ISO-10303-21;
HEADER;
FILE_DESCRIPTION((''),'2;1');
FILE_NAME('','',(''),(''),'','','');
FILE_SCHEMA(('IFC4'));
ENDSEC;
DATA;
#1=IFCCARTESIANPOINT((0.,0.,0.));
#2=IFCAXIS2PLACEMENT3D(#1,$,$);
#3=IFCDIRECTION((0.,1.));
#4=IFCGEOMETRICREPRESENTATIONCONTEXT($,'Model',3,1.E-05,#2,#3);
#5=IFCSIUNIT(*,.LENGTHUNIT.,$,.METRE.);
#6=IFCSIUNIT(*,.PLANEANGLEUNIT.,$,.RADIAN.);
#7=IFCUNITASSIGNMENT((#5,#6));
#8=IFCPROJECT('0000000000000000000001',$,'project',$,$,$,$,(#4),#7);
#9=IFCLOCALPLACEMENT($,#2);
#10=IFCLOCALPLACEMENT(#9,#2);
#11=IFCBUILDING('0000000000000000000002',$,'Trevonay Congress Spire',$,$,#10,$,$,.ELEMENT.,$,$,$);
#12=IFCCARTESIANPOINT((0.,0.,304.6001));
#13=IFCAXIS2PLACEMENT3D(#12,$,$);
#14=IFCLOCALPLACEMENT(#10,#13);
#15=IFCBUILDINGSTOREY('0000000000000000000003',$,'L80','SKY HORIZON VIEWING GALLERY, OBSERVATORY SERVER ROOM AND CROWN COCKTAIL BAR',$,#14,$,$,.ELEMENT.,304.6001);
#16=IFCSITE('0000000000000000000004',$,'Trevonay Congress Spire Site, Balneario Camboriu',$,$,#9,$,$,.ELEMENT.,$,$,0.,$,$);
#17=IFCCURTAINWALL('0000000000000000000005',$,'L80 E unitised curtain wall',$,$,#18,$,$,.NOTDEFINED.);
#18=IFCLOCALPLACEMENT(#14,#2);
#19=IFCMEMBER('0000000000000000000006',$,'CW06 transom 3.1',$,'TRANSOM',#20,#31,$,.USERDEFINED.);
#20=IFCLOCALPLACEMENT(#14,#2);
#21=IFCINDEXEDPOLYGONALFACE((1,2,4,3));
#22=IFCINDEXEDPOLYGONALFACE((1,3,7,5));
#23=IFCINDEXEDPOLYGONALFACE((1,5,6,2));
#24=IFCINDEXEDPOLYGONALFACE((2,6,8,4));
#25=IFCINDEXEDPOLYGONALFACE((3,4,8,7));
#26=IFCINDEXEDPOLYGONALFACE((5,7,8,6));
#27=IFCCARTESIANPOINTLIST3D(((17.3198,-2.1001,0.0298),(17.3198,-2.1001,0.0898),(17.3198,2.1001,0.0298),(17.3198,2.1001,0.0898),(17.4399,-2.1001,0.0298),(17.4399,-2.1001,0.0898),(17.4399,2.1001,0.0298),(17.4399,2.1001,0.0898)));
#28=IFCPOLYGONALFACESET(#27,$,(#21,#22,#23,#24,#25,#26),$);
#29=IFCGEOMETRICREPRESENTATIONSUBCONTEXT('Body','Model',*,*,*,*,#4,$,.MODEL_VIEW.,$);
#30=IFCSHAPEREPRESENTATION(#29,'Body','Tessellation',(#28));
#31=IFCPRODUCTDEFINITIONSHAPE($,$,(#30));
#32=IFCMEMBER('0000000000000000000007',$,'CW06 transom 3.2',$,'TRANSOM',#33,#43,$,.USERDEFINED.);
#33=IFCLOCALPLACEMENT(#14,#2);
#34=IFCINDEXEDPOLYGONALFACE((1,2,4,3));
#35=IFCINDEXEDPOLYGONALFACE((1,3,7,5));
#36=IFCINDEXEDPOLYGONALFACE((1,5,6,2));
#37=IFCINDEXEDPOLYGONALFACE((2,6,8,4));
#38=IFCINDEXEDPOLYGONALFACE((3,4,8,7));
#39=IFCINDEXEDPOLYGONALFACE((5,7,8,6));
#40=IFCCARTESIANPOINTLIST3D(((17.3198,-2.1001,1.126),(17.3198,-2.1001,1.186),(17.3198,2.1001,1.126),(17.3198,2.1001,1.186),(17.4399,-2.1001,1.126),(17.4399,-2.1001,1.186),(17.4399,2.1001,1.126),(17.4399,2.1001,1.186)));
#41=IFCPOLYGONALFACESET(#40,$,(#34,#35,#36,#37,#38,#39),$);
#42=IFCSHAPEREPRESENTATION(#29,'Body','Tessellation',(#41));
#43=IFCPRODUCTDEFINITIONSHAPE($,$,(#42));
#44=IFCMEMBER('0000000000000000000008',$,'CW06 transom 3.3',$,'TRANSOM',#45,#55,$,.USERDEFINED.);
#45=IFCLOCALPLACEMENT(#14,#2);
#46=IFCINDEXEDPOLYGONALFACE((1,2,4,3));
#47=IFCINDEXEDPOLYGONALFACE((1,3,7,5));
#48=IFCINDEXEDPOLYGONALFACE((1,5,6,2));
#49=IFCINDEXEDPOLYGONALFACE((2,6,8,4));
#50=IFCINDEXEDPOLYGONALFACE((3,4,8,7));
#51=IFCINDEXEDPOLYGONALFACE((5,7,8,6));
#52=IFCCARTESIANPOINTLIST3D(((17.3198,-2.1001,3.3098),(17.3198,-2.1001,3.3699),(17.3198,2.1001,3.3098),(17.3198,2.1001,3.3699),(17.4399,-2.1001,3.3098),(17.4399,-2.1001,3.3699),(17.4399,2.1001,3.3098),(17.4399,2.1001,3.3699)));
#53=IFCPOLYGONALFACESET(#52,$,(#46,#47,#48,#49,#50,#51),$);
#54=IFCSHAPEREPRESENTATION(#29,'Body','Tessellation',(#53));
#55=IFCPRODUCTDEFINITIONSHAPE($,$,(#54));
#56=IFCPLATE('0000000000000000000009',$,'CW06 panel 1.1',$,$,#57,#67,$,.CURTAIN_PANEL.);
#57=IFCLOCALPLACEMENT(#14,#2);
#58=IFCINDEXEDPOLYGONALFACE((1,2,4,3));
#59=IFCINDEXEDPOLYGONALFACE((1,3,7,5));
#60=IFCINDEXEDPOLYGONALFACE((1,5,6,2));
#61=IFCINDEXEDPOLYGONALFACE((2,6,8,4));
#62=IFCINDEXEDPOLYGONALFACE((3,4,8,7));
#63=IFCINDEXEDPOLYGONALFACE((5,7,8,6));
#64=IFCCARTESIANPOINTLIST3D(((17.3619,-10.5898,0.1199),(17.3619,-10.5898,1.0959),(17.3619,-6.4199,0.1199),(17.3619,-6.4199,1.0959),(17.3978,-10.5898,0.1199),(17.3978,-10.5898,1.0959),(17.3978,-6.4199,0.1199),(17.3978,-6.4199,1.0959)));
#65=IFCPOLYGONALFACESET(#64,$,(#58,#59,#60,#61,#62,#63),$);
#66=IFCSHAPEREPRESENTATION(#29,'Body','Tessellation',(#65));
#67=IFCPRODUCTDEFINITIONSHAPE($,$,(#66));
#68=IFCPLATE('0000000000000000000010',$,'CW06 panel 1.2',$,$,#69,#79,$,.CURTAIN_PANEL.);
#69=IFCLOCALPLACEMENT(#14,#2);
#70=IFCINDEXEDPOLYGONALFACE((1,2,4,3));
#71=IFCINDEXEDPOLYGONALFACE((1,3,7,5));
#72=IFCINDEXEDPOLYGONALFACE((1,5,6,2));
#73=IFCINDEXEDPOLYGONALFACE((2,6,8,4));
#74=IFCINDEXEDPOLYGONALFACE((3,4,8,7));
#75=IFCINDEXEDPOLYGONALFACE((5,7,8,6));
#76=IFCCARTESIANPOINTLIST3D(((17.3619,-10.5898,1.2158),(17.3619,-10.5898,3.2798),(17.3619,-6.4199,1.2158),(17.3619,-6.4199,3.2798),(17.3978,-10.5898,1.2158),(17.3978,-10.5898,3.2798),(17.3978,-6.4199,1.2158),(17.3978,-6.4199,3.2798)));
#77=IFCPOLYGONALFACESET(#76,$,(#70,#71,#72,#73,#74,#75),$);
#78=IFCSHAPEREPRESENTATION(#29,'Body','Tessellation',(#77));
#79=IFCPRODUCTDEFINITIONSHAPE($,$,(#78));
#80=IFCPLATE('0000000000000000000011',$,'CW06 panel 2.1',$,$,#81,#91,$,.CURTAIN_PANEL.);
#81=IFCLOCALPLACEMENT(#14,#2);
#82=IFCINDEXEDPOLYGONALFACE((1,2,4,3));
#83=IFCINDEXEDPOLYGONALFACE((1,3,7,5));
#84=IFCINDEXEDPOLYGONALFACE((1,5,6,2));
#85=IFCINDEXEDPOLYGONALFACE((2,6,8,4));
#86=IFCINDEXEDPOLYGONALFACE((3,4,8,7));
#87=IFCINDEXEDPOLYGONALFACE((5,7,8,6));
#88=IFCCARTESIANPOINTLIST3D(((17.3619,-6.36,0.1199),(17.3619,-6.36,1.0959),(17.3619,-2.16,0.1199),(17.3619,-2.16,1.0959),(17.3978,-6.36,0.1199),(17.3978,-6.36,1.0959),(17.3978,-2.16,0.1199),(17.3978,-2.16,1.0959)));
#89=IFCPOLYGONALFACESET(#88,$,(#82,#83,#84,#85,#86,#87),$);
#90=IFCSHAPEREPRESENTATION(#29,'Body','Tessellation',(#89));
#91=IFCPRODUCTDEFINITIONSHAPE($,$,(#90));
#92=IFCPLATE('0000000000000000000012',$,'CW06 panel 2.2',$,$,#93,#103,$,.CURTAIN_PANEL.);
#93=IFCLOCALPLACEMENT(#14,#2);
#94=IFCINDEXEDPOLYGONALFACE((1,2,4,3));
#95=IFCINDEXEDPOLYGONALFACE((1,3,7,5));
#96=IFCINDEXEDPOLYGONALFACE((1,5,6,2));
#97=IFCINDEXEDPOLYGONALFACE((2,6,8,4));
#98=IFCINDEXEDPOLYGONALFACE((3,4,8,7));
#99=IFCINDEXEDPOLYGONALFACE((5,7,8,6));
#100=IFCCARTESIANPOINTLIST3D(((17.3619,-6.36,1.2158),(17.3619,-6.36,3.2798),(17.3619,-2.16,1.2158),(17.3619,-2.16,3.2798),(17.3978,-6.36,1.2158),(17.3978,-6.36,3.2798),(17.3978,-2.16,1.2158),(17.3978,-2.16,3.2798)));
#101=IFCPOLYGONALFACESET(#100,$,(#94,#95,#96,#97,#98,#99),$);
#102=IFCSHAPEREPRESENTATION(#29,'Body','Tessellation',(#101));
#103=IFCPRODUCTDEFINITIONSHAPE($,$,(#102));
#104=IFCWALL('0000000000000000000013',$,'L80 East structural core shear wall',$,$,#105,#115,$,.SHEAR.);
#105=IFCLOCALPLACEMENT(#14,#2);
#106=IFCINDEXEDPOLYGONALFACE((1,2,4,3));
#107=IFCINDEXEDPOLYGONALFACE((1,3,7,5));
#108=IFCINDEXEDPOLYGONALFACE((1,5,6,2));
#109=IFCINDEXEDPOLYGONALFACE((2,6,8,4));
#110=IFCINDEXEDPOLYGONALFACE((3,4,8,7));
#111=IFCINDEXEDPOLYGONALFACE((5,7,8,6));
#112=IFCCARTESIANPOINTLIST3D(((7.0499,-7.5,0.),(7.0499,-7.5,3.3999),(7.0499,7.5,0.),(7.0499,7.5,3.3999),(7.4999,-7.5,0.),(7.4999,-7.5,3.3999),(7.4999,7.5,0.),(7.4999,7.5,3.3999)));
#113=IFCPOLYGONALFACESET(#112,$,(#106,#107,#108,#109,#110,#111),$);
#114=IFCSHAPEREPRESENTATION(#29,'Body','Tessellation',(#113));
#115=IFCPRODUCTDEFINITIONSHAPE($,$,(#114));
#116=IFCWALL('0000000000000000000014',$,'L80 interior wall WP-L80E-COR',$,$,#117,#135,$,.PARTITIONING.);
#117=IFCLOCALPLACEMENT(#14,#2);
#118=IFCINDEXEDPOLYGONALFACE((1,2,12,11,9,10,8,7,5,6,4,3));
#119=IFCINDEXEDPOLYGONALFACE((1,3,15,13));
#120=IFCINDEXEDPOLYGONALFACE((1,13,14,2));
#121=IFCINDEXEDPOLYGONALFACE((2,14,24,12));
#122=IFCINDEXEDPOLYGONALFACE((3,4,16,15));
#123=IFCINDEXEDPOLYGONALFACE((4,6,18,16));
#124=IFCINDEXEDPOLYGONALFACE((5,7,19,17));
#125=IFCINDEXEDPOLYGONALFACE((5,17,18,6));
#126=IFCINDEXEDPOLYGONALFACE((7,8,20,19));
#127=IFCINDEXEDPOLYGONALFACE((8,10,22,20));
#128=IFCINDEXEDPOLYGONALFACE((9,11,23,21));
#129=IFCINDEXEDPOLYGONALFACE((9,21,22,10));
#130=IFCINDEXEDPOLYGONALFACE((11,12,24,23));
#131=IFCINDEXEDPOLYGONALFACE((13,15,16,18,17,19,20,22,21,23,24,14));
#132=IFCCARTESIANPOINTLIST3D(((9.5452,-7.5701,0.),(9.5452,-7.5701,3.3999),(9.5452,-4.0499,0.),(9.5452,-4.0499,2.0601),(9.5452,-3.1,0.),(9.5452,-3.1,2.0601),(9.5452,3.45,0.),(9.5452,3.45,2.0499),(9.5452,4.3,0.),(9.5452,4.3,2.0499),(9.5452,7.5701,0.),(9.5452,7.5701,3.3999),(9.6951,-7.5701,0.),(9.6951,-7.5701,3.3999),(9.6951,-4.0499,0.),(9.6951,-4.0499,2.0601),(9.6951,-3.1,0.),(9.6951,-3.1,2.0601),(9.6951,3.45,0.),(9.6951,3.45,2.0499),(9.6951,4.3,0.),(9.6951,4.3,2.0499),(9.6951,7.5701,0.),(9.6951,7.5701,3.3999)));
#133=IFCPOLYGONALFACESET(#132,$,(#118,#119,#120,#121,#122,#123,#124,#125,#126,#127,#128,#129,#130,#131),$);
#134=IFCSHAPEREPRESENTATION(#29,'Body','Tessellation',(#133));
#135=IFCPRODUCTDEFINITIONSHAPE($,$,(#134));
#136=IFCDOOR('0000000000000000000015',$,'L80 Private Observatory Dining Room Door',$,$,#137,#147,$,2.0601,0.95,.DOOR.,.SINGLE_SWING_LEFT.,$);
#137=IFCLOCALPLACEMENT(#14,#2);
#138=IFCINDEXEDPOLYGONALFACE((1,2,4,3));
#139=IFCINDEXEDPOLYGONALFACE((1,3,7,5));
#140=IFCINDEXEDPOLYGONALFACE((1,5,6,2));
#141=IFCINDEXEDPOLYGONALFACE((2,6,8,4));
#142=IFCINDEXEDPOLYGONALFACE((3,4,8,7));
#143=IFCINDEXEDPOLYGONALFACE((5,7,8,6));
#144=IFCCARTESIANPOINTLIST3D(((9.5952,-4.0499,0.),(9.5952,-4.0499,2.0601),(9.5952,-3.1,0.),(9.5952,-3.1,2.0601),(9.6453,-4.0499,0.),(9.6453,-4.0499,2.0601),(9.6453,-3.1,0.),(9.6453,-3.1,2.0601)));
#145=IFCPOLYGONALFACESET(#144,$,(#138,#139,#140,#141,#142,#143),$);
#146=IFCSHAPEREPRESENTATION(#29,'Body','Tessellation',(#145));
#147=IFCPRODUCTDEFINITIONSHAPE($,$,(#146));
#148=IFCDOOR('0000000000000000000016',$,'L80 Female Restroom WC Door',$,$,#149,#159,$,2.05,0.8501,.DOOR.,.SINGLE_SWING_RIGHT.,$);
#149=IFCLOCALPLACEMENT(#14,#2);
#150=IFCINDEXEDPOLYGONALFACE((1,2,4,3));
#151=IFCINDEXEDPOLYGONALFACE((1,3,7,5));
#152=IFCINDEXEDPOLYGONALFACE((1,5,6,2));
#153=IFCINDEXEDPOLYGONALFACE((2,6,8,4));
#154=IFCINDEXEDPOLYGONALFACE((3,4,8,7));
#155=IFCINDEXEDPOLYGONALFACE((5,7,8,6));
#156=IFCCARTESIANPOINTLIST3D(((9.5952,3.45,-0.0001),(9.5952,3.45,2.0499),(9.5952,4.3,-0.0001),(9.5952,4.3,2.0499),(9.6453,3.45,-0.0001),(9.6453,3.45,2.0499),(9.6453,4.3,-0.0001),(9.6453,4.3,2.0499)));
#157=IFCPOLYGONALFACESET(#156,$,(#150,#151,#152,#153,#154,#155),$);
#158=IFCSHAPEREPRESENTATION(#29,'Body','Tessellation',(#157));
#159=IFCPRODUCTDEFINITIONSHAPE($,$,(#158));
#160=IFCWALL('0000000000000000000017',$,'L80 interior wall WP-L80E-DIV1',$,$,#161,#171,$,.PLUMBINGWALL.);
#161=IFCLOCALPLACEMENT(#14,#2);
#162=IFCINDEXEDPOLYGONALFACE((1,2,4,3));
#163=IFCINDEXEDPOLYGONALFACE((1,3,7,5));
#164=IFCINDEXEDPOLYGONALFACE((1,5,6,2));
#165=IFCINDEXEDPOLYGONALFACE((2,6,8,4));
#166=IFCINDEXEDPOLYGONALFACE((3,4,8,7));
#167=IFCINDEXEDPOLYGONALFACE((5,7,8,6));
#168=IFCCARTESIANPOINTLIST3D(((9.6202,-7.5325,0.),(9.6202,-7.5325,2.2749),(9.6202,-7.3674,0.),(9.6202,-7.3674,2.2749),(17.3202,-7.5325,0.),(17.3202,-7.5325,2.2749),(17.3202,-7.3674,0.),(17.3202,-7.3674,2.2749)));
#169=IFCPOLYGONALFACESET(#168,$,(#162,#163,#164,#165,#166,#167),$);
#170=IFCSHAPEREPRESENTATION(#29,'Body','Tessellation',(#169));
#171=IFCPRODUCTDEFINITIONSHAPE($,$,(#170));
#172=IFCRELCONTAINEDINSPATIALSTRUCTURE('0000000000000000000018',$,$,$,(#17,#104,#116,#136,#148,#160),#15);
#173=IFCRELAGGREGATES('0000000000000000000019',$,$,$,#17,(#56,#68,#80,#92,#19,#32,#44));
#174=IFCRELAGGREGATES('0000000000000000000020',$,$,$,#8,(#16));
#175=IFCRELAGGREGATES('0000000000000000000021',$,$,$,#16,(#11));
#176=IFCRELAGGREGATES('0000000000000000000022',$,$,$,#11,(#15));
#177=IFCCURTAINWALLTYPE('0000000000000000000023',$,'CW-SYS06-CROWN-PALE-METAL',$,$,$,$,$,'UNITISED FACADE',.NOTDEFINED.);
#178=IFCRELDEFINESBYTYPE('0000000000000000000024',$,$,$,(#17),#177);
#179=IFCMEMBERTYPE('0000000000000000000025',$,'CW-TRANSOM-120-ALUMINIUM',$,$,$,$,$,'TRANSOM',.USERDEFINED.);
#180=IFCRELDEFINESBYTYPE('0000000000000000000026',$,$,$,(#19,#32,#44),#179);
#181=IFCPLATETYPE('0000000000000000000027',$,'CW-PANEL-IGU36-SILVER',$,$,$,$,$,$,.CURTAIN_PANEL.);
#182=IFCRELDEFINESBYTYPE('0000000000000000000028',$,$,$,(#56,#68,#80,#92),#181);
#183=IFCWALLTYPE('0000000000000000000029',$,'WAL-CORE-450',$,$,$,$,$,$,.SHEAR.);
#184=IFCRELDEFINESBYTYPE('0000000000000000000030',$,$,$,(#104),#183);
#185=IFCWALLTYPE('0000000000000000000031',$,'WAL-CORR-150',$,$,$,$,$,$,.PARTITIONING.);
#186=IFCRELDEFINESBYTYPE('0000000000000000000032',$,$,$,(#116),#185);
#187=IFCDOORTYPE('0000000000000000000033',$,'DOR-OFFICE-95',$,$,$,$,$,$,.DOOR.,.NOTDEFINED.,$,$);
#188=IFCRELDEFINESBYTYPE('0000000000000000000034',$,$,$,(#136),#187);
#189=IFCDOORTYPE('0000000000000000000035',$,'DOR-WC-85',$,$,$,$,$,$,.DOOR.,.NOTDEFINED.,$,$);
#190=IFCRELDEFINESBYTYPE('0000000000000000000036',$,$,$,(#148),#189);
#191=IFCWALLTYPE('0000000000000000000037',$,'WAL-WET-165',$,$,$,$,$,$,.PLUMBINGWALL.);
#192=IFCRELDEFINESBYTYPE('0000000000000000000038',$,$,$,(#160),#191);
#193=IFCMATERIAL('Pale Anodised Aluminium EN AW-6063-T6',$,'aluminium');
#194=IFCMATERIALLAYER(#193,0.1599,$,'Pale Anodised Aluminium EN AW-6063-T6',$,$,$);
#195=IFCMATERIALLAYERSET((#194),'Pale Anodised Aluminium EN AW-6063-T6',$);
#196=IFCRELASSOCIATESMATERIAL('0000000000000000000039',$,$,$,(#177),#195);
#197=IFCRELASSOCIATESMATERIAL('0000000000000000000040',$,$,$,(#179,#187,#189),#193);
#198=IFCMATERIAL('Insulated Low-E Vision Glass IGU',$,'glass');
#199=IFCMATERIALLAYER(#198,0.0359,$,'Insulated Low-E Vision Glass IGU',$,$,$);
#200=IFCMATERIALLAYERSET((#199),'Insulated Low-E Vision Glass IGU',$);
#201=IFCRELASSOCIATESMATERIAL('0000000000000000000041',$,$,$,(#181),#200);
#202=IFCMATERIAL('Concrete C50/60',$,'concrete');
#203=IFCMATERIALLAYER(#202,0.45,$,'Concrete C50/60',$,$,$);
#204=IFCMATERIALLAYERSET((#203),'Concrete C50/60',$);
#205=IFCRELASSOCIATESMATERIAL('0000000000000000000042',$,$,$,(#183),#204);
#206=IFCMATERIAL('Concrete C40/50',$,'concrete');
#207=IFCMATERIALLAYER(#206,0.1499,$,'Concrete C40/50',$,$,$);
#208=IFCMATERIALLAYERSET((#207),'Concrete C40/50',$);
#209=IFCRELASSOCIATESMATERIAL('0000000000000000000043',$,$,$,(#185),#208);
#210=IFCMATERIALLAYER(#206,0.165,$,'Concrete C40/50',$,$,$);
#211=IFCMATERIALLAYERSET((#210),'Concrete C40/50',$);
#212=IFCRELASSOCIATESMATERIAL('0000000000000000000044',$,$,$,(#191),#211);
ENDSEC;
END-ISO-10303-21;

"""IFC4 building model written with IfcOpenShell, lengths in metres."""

from ifc_helpers import new_model, si_unit, direction, frame, frame_2d, origin, origin_2d, place, context, subcontext, project, spatial, rectangle, extrude, material, layer, layer_set, material_profile, profile_set, type_object, element, fill, aggregate, save


model = new_model("IFC4")

# Units and contexts
model_context = context("Model", 3, precision=1e-05, world=origin(), true_north=direction((0.0, 1.0)))
body_context = subcontext(model_context, "Body", "Model", "MODEL_VIEW")
ifc_project = project(units=[si_unit("LENGTHUNIT", "METRE"), si_unit("PLANEANGLEUNIT", "RADIAN")], contexts=[model_context])

# Site, building, storey
site_placement = place(None, origin())
site = spatial("IfcSite", under=ifc_project, at=site_placement, Name="Trevonay Congress Spire Site, Balneario Camboriu", CompositionType="ELEMENT", RefElevation=0.0)
building_placement = place(site_placement, origin())
building = spatial("IfcBuilding", under=site, at=building_placement, Name="Trevonay Congress Spire", CompositionType="ELEMENT")
storey_placement = place(building_placement, frame((0.0, 0.0, 304.6001)))
storey = spatial("IfcBuildingStorey", under=building, at=storey_placement, Name="L80", Description="SKY HORIZON VIEWING GALLERY, OBSERVATORY SERVER ROOM AND CROWN COCKTAIL BAR", CompositionType="ELEMENT", Elevation=304.6001)

# Curtain wall, members, plates
ifc_material_1 = material(Name="Pale Anodised Aluminium EN AW-6063-T6", Category="aluminium")
ifc_layer_1 = layer(ifc_material_1, 0.1599, Name="Pale Anodised Aluminium EN AW-6063-T6")
ifc_layer_set_1 = layer_set([ifc_layer_1], Name="Pale Anodised Aluminium EN AW-6063-T6")
curtain_wall_type = type_object("IfcCurtainWallType", Name="CW-SYS06-CROWN-PALE-METAL", ElementType="UNITISED FACADE", PredefinedType="NOTDEFINED", material=ifc_layer_set_1)
curtain_wall_placement = place(storey_placement, origin())
curtain_wall = element("IfcCurtainWall", 1, at=curtain_wall_placement, inside=storey, type_object=curtain_wall_type, Name="L80 E unitised curtain wall", PredefinedType="NOTDEFINED")
ifc_material_profile_1 = material_profile(ifc_material_1, rectangle(XDim=0.1201, YDim=0.0601, at=origin_2d()), Name="CW-TRANSOM-120-ALUMINIUM")
ifc_profile_set_1 = profile_set([ifc_material_profile_1], Name="Pale Anodised Aluminium EN AW-6063-T6")
member_type_1 = type_object("IfcMemberType", Name="CW-TRANSOM-120-ALUMINIUM", ElementType="TRANSOM", PredefinedType="USERDEFINED", material=ifc_profile_set_1)
member_1_placement = place(storey_placement, frame((17.3799, -2.1001, 0.0598), z_axis=(0.0, 1.0, 0.0), x_axis=(-1.0, 0.0, 0.0)))
member_1 = element("IfcMember", 2, at=member_1_placement, type_object=member_type_1, Name="CW06 transom 3.1", ObjectType="TRANSOM", PredefinedType="USERDEFINED", context=body_context, shape_type="SweptSolid", body=[
    extrude(rectangle(XDim=0.1201, YDim=0.0601, at=origin_2d()), origin(), (0.0, 0.0, 1.0), 4.2002),
])
member_2_placement = place(storey_placement, frame((17.3799, -2.1001, 1.156), z_axis=(0.0, 1.0, 0.0), x_axis=(-1.0, 0.0, 0.0)))
member_2 = element("IfcMember", 3, at=member_2_placement, type_object=member_type_1, Name="CW06 transom 3.2", ObjectType="TRANSOM", PredefinedType="USERDEFINED", context=body_context, shape_type="SweptSolid", body=[
    extrude(rectangle(XDim=0.1201, YDim=0.0601, at=origin_2d()), origin(), (0.0, 0.0, 1.0), 4.2002),
])
member_3_placement = place(storey_placement, frame((17.3799, -2.1001, 3.3398), z_axis=(0.0, 1.0, 0.0), x_axis=(-1.0, 0.0, 0.0)))
member_3 = element("IfcMember", 4, at=member_3_placement, type_object=member_type_1, Name="CW06 transom 3.3", ObjectType="TRANSOM", PredefinedType="USERDEFINED", context=body_context, shape_type="SweptSolid", body=[
    extrude(rectangle(XDim=0.1201, YDim=0.0601, at=origin_2d()), origin(), (0.0, 0.0, 1.0), 4.2002),
])
ifc_material_2 = material(Name="Insulated Low-E Vision Glass IGU", Category="glass")
ifc_layer_2 = layer(ifc_material_2, 0.0359, Name="Insulated Low-E Vision Glass IGU")
ifc_layer_set_2 = layer_set([ifc_layer_2], Name="Insulated Low-E Vision Glass IGU")
plate_type = type_object("IfcPlateType", Name="CW-PANEL-IGU36-SILVER", PredefinedType="CURTAIN_PANEL", material=ifc_layer_set_2)
plate_1_placement = place(storey_placement, frame((17.3799, -8.5049, 0.1199), z_axis=(0.0, 0.0, 1.0), x_axis=(0.0, 1.0, 0.0)))
plate_1 = element("IfcPlate", 5, at=plate_1_placement, type_object=plate_type, Name="CW06 panel 1.1", PredefinedType="CURTAIN_PANEL", context=body_context, shape_type="SweptSolid", body=[
    extrude(rectangle(XDim=4.1699, YDim=0.0359, at=origin_2d()), origin(), (0.0, 0.0, 1.0), 0.9761),
])
plate_2_placement = place(storey_placement, frame((17.3799, -8.5049, 1.2158), z_axis=(0.0, 0.0, 1.0), x_axis=(0.0, 1.0, 0.0)))
plate_2 = element("IfcPlate", 6, at=plate_2_placement, type_object=plate_type, Name="CW06 panel 1.2", PredefinedType="CURTAIN_PANEL", context=body_context, shape_type="SweptSolid", body=[
    extrude(rectangle(XDim=4.1699, YDim=0.0359, at=origin_2d()), origin(), (0.0, 0.0, 1.0), 2.064),
])
plate_3_placement = place(storey_placement, frame((17.3799, -4.26, 0.1199), z_axis=(0.0, 0.0, 1.0), x_axis=(0.0, 1.0, 0.0)))
plate_3 = element("IfcPlate", 7, at=plate_3_placement, type_object=plate_type, Name="CW06 panel 2.1", PredefinedType="CURTAIN_PANEL", context=body_context, shape_type="SweptSolid", body=[
    extrude(rectangle(XDim=4.2, YDim=0.0359, at=origin_2d()), origin(), (0.0, 0.0, 1.0), 0.9761),
])
plate_4_placement = place(storey_placement, frame((17.3799, -4.26, 1.2158), z_axis=(0.0, 0.0, 1.0), x_axis=(0.0, 1.0, 0.0)))
plate_4 = element("IfcPlate", 8, at=plate_4_placement, type_object=plate_type, Name="CW06 panel 2.2", PredefinedType="CURTAIN_PANEL", context=body_context, shape_type="SweptSolid", body=[
    extrude(rectangle(XDim=4.2, YDim=0.0359, at=origin_2d()), origin(), (0.0, 0.0, 1.0), 2.064),
])
aggregate(curtain_wall, [plate_1, plate_2, plate_3, plate_4, member_1, member_2, member_3])

# Wall
ifc_material_3 = material(Name="Concrete C50/60", Category="concrete")
ifc_layer_3 = layer(ifc_material_3, 0.45, Name="Concrete C50/60")
ifc_layer_set_3 = layer_set([ifc_layer_3], Name="Concrete C50/60")
wall_type_1 = type_object("IfcWallType", Name="WAL-CORE-450", PredefinedType="SHEAR", material=ifc_layer_set_3)
wall_1_placement = place(storey_placement, frame((7.2749, -7.5, 0.0), z_axis=(0.0, 0.0, 1.0), x_axis=(0.0, 1.0, 0.0)))
element("IfcWall", 9, at=wall_1_placement, inside=storey, type_object=wall_type_1, Name="L80 East structural core shear wall", PredefinedType="SHEAR", context=body_context, shape_type="SweptSolid", body=[
    extrude(rectangle(XDim=15.0, YDim=0.45, at=frame_2d((7.5, 0.0))), origin(), (0.0, 0.0, 1.0), 3.3999),
])

# Wall, openings, doors
ifc_material_4 = material(Name="Concrete C40/50", Category="concrete")
ifc_layer_4 = layer(ifc_material_4, 0.1499, Name="Concrete C40/50")
ifc_layer_set_4 = layer_set([ifc_layer_4], Name="Concrete C40/50")
wall_type_2 = type_object("IfcWallType", Name="WAL-CORR-150", PredefinedType="PARTITIONING", material=ifc_layer_set_4)
wall_2_placement = place(storey_placement, frame((9.6201, -7.5701, 0.0), z_axis=(0.0, 0.0, 1.0), x_axis=(0.0, 1.0, 0.0)))
wall_2 = element("IfcWall", 10, at=wall_2_placement, inside=storey, type_object=wall_type_2, Name="L80 interior wall WP-L80E-COR", PredefinedType="PARTITIONING", context=body_context, shape_type="SweptSolid", body=[
    extrude(rectangle(XDim=15.1401, YDim=0.1499, at=frame_2d((7.5701, 0.0))), origin(), (0.0, 0.0, 1.0), 3.3999),
])
opening_1_placement = place(wall_2_placement, frame((3.52, 0.0, 0.0)))
opening_1 = element("IfcOpeningElement", 11, at=opening_1_placement, cuts=wall_2, PredefinedType="OPENING", context=body_context, shape_type="SweptSolid", body=[
    extrude(rectangle(XDim=0.95, YDim=2.0601, at=frame_2d((0.4751, 1.03))), frame((0.0, 0.085, 0.0), z_axis=(0.0, -1.0, 0.0), x_axis=(1.0, 0.0, 0.0)), (0.0, 0.0, 1.0), 0.1699),
])
opening_2_placement = place(wall_2_placement, frame((11.02, 0.0, 0.0)))
opening_2 = element("IfcOpeningElement", 12, at=opening_2_placement, cuts=wall_2, PredefinedType="OPENING", context=body_context, shape_type="SweptSolid", body=[
    extrude(rectangle(XDim=0.8501, YDim=2.05, at=frame_2d((0.425, 1.0249))), frame((0.0, 0.085, 0.0), z_axis=(0.0, -1.0, 0.0), x_axis=(1.0, 0.0, 0.0)), (0.0, 0.0, 1.0), 0.1699),
])
door_type_1 = type_object("IfcDoorType", Name="DOR-OFFICE-95", OperationType="NOTDEFINED", PredefinedType="DOOR", material=ifc_material_1)
door_1_placement = place(opening_1_placement, origin())
door_1 = element("IfcDoor", 13, at=door_1_placement, inside=storey, type_object=door_type_1, Name="L80 Private Observatory Dining Room Door", OperationType="SINGLE_SWING_LEFT", OverallHeight=2.0601, OverallWidth=0.95, PredefinedType="DOOR", context=body_context, shape_type="SweptSolid", body=[
    extrude(rectangle(XDim=0.95, YDim=2.0601, at=frame_2d((0.4751, 1.03))), frame((0.0, 0.0249, 0.0), z_axis=(0.0, -1.0, 0.0), x_axis=(1.0, 0.0, 0.0)), (0.0, 0.0, 1.0), 0.05),
])
fill(opening_1, door_1)
door_type_2 = type_object("IfcDoorType", Name="DOR-WC-85", OperationType="NOTDEFINED", PredefinedType="DOOR", material=ifc_material_1)
door_2_placement = place(opening_2_placement, origin())
door_2 = element("IfcDoor", 14, at=door_2_placement, inside=storey, type_object=door_type_2, Name="L80 Female Restroom WC Door", OperationType="SINGLE_SWING_RIGHT", OverallHeight=2.05, OverallWidth=0.8501, PredefinedType="DOOR", context=body_context, shape_type="SweptSolid", body=[
    extrude(rectangle(XDim=0.8501, YDim=2.05, at=frame_2d((0.425, 1.0249))), frame((0.0, 0.0249, 0.0), z_axis=(0.0, -1.0, 0.0), x_axis=(1.0, 0.0, 0.0)), (0.0, 0.0, 1.0), 0.05),
])
fill(opening_2, door_2)

# Wall
ifc_layer_5 = layer(ifc_material_4, 0.165, Name="Concrete C40/50")
ifc_layer_set_5 = layer_set([ifc_layer_5], Name="Concrete C40/50")
wall_type_3 = type_object("IfcWallType", Name="WAL-WET-165", PredefinedType="PLUMBINGWALL", material=ifc_layer_set_5)
wall_3_placement = place(storey_placement, frame((9.6201, -7.45, 0.0), z_axis=(0.0, 0.0, 1.0), x_axis=(1.0, 0.0, 0.0)))
element("IfcWall", 15, at=wall_3_placement, inside=storey, type_object=wall_type_3, Name="L80 interior wall WP-L80E-DIV1", PredefinedType="PLUMBINGWALL", context=body_context, shape_type="SweptSolid", body=[
    extrude(rectangle(XDim=7.7, YDim=0.165, at=frame_2d((3.8501, 0.0))), origin(), (0.0, 0.0, 1.0), 2.2749),
])

save(model, "model.ifc")
